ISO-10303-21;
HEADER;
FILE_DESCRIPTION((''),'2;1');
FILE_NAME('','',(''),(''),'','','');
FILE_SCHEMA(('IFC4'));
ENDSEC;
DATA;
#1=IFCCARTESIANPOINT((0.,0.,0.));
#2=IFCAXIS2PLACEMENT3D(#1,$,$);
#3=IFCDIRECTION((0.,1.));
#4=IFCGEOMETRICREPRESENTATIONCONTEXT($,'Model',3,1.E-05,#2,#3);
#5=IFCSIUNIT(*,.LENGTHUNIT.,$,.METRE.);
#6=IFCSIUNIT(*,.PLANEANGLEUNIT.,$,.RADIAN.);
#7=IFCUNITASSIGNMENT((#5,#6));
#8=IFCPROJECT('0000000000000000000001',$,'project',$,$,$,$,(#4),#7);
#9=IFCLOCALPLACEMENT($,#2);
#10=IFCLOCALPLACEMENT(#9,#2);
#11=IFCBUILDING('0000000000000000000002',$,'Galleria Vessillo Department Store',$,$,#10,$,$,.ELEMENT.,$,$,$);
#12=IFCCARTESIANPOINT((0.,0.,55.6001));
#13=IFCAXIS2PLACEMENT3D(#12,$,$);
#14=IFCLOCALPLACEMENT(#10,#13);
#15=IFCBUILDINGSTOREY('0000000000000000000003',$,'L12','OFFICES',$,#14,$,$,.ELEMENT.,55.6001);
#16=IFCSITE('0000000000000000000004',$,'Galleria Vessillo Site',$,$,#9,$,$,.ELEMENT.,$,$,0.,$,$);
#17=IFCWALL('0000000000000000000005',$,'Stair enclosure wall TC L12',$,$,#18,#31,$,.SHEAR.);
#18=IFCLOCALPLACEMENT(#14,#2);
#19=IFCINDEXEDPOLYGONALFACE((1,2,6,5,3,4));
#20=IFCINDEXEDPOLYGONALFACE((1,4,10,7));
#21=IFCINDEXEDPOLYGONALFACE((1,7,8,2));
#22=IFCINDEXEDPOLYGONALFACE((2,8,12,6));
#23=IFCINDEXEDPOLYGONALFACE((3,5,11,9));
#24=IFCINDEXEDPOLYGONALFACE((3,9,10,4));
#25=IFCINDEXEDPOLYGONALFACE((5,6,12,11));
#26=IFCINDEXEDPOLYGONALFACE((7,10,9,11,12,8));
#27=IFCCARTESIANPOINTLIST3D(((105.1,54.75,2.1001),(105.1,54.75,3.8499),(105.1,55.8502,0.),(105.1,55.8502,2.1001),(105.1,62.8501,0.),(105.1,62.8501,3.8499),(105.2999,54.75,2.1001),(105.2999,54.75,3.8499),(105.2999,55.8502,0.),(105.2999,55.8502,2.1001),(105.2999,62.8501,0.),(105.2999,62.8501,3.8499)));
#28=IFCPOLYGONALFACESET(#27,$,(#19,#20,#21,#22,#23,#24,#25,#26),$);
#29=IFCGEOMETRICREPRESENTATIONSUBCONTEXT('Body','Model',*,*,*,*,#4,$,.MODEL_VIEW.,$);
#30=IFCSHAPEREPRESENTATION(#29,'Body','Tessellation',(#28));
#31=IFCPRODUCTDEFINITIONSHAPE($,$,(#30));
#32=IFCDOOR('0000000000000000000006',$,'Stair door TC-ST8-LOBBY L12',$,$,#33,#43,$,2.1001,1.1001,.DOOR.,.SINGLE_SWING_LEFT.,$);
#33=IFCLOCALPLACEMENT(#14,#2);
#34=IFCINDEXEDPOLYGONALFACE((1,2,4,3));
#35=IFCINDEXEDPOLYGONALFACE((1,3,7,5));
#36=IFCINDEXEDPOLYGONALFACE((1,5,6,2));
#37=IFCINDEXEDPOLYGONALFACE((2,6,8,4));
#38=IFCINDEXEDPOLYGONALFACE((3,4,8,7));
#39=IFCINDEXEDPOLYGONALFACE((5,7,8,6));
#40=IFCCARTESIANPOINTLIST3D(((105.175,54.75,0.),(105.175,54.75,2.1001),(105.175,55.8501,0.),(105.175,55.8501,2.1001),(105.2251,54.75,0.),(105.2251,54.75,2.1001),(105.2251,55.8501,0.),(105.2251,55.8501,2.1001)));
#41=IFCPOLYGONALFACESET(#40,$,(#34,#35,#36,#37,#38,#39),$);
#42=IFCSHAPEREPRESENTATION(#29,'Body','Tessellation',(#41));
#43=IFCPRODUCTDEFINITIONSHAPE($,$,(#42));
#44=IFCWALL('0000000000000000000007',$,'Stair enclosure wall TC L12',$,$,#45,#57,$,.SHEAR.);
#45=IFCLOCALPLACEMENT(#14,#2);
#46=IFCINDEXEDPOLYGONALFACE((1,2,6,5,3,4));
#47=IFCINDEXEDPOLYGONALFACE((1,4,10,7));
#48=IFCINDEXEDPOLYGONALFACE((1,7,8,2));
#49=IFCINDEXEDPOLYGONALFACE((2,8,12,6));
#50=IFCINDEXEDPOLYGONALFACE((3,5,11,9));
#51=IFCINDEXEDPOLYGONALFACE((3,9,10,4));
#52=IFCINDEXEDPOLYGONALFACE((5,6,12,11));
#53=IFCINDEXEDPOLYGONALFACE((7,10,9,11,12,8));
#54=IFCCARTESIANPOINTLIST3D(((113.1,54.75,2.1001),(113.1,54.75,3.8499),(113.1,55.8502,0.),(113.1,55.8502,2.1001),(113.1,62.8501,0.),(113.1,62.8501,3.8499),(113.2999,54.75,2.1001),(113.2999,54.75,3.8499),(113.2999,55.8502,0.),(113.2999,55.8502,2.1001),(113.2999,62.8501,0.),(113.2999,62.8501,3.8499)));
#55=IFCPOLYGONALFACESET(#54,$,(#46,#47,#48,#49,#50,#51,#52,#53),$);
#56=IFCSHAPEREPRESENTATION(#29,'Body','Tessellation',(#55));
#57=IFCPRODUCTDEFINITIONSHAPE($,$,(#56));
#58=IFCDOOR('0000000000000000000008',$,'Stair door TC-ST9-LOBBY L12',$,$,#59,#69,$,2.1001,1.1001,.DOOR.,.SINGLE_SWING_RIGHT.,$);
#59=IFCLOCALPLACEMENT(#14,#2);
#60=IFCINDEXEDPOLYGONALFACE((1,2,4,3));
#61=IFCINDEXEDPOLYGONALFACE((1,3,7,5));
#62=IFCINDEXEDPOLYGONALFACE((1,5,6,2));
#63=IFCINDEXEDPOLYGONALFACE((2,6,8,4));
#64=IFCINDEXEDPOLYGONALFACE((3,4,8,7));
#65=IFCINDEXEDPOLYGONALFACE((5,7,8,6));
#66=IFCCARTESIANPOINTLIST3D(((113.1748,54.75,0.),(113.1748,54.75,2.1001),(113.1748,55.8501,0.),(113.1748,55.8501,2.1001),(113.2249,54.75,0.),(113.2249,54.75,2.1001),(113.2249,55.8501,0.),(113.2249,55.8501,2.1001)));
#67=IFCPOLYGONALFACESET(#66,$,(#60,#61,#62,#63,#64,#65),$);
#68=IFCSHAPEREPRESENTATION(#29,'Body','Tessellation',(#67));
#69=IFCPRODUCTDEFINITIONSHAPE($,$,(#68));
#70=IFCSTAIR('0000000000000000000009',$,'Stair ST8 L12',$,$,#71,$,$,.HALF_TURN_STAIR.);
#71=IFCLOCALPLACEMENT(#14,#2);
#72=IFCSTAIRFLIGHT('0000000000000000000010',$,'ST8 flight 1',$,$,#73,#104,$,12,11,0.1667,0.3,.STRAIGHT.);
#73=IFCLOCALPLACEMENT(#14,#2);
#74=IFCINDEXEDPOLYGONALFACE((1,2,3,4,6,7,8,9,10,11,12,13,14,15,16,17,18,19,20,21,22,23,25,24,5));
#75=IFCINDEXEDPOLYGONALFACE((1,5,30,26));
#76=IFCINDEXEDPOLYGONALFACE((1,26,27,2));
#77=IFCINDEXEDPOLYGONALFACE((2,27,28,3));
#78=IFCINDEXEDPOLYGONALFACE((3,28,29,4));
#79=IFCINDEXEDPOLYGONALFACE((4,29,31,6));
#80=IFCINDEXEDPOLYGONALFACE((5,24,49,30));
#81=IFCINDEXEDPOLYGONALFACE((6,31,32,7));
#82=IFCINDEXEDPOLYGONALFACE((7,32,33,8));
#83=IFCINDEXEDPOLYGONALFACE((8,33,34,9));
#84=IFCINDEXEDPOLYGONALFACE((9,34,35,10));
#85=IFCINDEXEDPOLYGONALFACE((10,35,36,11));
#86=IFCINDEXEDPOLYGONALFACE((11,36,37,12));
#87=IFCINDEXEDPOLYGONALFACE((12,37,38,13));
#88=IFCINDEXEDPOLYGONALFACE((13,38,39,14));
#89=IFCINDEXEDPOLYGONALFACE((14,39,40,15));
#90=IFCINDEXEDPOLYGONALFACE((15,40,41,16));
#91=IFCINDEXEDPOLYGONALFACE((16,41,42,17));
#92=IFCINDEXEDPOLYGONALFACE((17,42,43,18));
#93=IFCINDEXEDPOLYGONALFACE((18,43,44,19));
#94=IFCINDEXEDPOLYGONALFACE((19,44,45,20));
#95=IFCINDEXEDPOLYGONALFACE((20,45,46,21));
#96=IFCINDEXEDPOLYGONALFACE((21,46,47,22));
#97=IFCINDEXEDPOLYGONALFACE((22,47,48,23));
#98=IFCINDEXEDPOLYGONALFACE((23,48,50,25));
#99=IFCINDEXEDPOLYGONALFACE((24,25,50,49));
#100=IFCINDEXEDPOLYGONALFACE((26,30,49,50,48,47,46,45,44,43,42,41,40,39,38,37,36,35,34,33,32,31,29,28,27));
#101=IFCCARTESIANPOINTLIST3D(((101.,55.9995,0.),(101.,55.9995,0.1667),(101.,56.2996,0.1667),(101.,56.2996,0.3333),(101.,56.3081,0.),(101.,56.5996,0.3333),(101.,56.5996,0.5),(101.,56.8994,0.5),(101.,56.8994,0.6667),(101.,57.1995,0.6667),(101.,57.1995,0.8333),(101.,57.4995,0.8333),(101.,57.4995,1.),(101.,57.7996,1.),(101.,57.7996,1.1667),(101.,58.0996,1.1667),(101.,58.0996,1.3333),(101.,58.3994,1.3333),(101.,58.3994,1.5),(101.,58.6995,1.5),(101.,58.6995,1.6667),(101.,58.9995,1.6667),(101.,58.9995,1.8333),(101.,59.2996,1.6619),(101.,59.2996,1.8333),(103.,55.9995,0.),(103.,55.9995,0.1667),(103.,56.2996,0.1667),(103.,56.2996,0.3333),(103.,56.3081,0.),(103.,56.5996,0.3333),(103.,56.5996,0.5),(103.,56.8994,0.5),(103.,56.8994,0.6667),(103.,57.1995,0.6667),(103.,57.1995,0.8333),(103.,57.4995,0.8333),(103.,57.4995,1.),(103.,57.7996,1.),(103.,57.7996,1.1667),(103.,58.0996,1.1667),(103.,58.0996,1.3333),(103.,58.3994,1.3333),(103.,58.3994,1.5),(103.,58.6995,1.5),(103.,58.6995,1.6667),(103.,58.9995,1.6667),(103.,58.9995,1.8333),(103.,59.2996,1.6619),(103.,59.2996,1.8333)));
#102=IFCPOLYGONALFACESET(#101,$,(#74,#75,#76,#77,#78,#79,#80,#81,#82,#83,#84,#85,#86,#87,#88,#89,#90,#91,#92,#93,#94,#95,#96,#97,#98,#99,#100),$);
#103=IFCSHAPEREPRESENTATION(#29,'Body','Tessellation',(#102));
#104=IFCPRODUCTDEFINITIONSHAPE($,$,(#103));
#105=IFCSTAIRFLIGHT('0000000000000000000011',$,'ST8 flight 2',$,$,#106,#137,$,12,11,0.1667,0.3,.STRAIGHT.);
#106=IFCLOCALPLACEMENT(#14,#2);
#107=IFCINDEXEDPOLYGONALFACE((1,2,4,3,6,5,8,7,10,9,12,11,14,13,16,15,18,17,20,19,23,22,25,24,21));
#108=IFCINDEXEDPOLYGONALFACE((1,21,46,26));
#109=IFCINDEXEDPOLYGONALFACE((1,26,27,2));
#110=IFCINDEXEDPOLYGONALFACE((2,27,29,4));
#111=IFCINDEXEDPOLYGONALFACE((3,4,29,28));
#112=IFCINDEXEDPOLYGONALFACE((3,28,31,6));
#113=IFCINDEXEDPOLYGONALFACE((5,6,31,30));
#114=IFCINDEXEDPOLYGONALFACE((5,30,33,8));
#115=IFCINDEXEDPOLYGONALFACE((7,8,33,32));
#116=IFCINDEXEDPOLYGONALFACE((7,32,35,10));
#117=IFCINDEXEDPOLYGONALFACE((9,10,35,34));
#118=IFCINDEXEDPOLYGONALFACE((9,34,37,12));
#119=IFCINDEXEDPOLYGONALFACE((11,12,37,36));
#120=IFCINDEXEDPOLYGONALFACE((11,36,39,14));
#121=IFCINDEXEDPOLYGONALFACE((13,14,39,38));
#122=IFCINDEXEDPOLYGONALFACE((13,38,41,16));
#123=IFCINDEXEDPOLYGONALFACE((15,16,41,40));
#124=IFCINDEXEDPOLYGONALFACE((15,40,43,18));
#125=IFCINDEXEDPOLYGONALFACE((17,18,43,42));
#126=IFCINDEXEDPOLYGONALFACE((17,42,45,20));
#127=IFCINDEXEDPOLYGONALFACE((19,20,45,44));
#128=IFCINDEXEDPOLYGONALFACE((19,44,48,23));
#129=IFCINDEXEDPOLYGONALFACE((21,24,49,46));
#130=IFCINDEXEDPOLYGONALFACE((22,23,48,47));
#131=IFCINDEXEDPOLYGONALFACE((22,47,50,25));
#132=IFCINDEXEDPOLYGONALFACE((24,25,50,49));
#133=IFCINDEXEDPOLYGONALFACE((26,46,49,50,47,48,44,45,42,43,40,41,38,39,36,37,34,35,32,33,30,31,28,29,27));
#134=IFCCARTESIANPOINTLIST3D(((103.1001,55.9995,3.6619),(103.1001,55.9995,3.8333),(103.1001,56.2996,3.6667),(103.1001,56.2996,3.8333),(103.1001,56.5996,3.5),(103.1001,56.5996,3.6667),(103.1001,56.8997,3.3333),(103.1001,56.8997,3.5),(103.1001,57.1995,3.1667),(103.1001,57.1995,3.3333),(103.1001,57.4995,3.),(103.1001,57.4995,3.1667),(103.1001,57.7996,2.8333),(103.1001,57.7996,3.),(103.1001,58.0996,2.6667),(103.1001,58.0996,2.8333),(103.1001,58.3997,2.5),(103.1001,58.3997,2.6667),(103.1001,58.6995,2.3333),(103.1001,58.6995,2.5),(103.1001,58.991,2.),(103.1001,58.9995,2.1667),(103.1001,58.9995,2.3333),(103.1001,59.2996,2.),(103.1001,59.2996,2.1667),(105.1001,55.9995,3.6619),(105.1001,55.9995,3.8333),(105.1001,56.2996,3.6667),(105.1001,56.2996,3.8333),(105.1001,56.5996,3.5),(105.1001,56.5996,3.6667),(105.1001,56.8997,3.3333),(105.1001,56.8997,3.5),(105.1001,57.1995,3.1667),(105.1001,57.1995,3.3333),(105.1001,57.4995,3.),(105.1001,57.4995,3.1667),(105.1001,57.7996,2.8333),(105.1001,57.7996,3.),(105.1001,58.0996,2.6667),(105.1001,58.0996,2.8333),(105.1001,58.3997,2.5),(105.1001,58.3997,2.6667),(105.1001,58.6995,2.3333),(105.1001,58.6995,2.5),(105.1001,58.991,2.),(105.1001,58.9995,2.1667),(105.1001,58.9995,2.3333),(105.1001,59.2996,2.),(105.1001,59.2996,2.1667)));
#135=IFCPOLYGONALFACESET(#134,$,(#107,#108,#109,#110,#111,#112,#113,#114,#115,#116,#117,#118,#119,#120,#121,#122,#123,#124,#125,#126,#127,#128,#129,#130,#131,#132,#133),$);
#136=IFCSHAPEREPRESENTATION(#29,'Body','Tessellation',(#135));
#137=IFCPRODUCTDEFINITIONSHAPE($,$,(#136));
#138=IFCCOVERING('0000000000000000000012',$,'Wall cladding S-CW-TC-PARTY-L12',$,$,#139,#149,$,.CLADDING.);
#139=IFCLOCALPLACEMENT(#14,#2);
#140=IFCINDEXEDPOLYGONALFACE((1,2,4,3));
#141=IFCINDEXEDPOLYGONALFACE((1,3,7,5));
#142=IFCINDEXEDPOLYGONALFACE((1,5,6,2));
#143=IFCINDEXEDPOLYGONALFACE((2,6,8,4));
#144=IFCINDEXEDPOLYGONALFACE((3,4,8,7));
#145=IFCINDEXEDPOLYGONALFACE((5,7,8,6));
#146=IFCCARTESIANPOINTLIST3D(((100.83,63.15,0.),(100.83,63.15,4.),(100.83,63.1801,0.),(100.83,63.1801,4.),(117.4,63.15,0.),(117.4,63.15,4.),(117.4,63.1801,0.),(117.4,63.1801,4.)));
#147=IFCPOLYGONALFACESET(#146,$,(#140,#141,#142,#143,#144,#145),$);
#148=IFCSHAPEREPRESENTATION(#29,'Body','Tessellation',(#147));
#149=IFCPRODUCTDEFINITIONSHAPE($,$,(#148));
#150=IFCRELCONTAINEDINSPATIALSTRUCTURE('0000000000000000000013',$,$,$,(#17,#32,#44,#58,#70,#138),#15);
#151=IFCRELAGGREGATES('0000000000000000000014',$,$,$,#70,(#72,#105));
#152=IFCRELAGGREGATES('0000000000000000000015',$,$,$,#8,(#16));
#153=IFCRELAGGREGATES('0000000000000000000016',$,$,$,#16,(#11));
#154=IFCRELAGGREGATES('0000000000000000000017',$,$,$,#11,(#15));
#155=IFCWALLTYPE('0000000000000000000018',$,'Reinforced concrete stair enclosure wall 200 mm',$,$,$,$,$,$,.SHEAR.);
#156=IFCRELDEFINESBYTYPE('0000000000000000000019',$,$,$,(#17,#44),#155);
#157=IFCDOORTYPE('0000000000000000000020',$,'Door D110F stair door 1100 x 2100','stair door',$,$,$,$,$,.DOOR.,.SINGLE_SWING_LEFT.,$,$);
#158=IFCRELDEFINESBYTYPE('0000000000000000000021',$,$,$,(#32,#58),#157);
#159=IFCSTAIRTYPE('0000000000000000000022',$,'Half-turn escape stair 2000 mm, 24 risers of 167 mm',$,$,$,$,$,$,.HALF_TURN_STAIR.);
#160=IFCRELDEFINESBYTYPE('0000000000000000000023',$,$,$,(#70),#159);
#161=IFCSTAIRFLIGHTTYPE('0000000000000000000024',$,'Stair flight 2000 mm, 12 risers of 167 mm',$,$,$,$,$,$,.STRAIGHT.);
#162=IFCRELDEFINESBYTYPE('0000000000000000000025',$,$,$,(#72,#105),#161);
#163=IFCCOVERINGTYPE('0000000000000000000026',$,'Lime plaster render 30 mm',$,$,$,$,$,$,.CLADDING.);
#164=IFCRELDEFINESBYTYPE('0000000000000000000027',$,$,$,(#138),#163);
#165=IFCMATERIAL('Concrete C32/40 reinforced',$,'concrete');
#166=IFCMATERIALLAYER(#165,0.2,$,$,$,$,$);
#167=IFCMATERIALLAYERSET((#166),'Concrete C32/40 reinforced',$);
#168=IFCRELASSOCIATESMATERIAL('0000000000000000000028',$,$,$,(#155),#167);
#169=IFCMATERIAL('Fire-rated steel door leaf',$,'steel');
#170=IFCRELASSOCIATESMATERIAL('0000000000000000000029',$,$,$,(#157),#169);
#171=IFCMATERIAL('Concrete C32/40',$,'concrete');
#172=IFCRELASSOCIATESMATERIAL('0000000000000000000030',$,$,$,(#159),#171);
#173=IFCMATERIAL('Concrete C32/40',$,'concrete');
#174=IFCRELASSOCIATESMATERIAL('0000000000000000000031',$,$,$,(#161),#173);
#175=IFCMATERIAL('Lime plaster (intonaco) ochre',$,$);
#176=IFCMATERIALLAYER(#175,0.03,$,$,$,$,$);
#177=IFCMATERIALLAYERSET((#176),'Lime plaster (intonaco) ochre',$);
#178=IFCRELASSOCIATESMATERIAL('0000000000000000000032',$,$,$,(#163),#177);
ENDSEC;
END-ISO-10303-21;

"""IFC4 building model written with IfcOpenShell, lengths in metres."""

from ifc_helpers import new_model, si_unit, direction, frame, frame_2d, origin, origin_2d, place, context, subcontext, project, spatial, polyline, rectangle, outline, extrude, material, layer, layer_set, type_object, element, fill, aggregate, save


model = new_model("IFC4")

# Units and contexts
model_context = context("Model", 3, precision=1e-05, world=origin(), true_north=direction((0.0, 1.0)))
body_context = subcontext(model_context, "Body", "Model", "MODEL_VIEW")
ifc_project = project(units=[si_unit("LENGTHUNIT", "METRE"), si_unit("PLANEANGLEUNIT", "RADIAN")], contexts=[model_context])

# Site, building, storey
site_placement = place(None, origin())
site = spatial("IfcSite", under=ifc_project, at=site_placement, Name="Galleria Vessillo Site", CompositionType="ELEMENT", RefElevation=0.0)
building_placement = place(site_placement, origin())
building = spatial("IfcBuilding", under=site, at=building_placement, Name="Galleria Vessillo Department Store", CompositionType="ELEMENT")
storey_placement = place(building_placement, frame((0.0, 0.0, 55.6001)))
storey = spatial("IfcBuildingStorey", under=building, at=storey_placement, Name="L12", Description="OFFICES", CompositionType="ELEMENT", Elevation=55.6001)

# Walls, openings, doors
ifc_material_1 = material(Name="Concrete C32/40 reinforced", Category="concrete")
ifc_layer_1 = layer(ifc_material_1, 0.2)
ifc_layer_set_1 = layer_set([ifc_layer_1], Name="Concrete C32/40 reinforced")
wall_type_1 = type_object("IfcWallType", Name="Reinforced concrete stair enclosure wall 200 mm", PredefinedType="SHEAR", material=ifc_layer_set_1)
wall_1_placement = place(storey_placement, frame((105.2, 62.8501, 0.0), z_axis=(0.0, 0.0, 1.0), x_axis=(0.0, -1.0, 0.0)))
wall_1 = element("IfcWall", 1, at=wall_1_placement, inside=storey, type_object=wall_type_1, Name="Stair enclosure wall TC L12", PredefinedType="SHEAR", context=body_context, shape_type="SweptSolid", body=[
    extrude(rectangle(XDim=8.1001, YDim=0.2, at=frame_2d((4.05, 0.0))), origin(), (0.0, 0.0, 1.0), 3.8499),
])
opening_1_placement = place(wall_1_placement, frame((7.0, 0.0, 0.0)))
opening_1 = element("IfcOpeningElement", 2, at=opening_1_placement, cuts=wall_1, PredefinedType="OPENING", context=body_context, shape_type="SweptSolid", body=[
    extrude(rectangle(XDim=1.1101, YDim=2.1001, at=frame_2d((0.5549, 1.05))), frame((0.0, 0.1099, 0.0), z_axis=(0.0, -1.0, 0.0), x_axis=(1.0, 0.0, 0.0)), (0.0, 0.0, 1.0), 0.22),
])
ifc_material_2 = material(Name="Fire-rated steel door leaf", Category="steel")
door_type_1 = type_object("IfcDoorType", Name="Door D110F stair door 1100 x 2100", Description="stair door", OperationType="SINGLE_SWING_LEFT", PredefinedType="DOOR", material=ifc_material_2)
door_1_placement = place(opening_1_placement, frame((1.1001, 0.0, 0.0), z_axis=(0.0, 0.0, 1.0), x_axis=(-1.0, 0.0, 0.0)))
door_1 = element("IfcDoor", 3, at=door_1_placement, inside=storey, type_object=door_type_1, Name="Stair door TC-ST8-LOBBY L12", OperationType="SINGLE_SWING_LEFT", OverallHeight=2.1001, OverallWidth=1.1001, PredefinedType="DOOR", context=body_context, shape_type="SweptSolid", body=[
    extrude(rectangle(XDim=1.1001, YDim=2.1001, at=frame_2d((0.55, 1.05))), frame((0.0, 0.0249, 0.0), z_axis=(0.0, -1.0, 0.0), x_axis=(1.0, 0.0, 0.0)), (0.0, 0.0, 1.0), 0.05),
])
fill(opening_1, door_1)
wall_2_placement = place(storey_placement, frame((113.2, 62.8501, 0.0), z_axis=(0.0, 0.0, 1.0), x_axis=(0.0, -1.0, 0.0)))
wall_2 = element("IfcWall", 4, at=wall_2_placement, inside=storey, type_object=wall_type_1, Name="Stair enclosure wall TC L12", PredefinedType="SHEAR", context=body_context, shape_type="SweptSolid", body=[
    extrude(rectangle(XDim=8.1001, YDim=0.2, at=frame_2d((4.05, 0.0))), origin(), (0.0, 0.0, 1.0), 3.8499),
])
opening_2_placement = place(wall_2_placement, frame((7.0, 0.0, 0.0)))
opening_2 = element("IfcOpeningElement", 5, at=opening_2_placement, cuts=wall_2, PredefinedType="OPENING", context=body_context, shape_type="SweptSolid", body=[
    extrude(rectangle(XDim=1.1101, YDim=2.1001, at=frame_2d((0.5549, 1.05))), frame((0.0, 0.1099, 0.0), z_axis=(0.0, -1.0, 0.0), x_axis=(1.0, 0.0, 0.0)), (0.0, 0.0, 1.0), 0.22),
])
door_2_placement = place(opening_2_placement, origin())
door_2 = element("IfcDoor", 6, at=door_2_placement, inside=storey, type_object=door_type_1, Name="Stair door TC-ST9-LOBBY L12", OperationType="SINGLE_SWING_RIGHT", OverallHeight=2.1001, OverallWidth=1.1001, PredefinedType="DOOR", context=body_context, shape_type="SweptSolid", body=[
    extrude(rectangle(XDim=1.1001, YDim=2.1001, at=frame_2d((0.55, 1.05))), frame((0.0, 0.0249, 0.0), z_axis=(0.0, -1.0, 0.0), x_axis=(1.0, 0.0, 0.0)), (0.0, 0.0, 1.0), 0.05),
])
fill(opening_2, door_2)

# Stair, stair flights
ifc_material_3 = material(Name="Concrete C32/40", Category="concrete")
stair_type = type_object("IfcStairType", Name="Half-turn escape stair 2000 mm, 24 risers of 167 mm", PredefinedType="HALF_TURN_STAIR", material=ifc_material_3)
stair_placement = place(storey_placement, origin())
stair = element("IfcStair", 7, at=stair_placement, inside=storey, type_object=stair_type, Name="Stair ST8 L12", PredefinedType="HALF_TURN_STAIR")
ifc_material_4 = material(Name="Concrete C32/40", Category="concrete")
stair_flight_type = type_object("IfcStairFlightType", Name="Stair flight 2000 mm, 12 risers of 167 mm", PredefinedType="STRAIGHT", material=ifc_material_4)
stair_flight_1_placement = place(storey_placement, frame((102.0, 55.9995, 0.0), z_axis=(0.0, 0.0, 1.0), x_axis=(0.0, 1.0, 0.0)))
stair_flight_1 = element("IfcStairFlight", 8, at=stair_flight_1_placement, type_object=stair_flight_type, Name="ST8 flight 1", NumberOfRisers=12, NumberOfTreads=11, PredefinedType="STRAIGHT", RiserHeight=0.1667, TreadLength=0.3, context=body_context, shape_type="SweptSolid", body=[
    extrude(outline(polyline([(0.0, 0.0), (0.0, 0.1667), (0.3, 0.1667), (0.3, 0.3333), (0.6001, 0.3333), (0.6001, 0.5), (0.8999, 0.5), (0.8999, 0.6667), (1.2, 0.6667), (1.2, 0.8333), (1.5, 0.8333), (1.5, 1.0), (1.8, 1.0), (1.8, 1.1667), (2.1001, 1.1667), (2.1001, 1.3333), (2.3999, 1.3333), (2.3999, 1.5), (2.7, 1.5), (2.7, 1.6667), (3.0, 1.6667), (3.0, 1.8333), (3.3, 1.8333), (3.3, 2.0), (3.3, 1.6619), (0.3086, 0.0), (0.0, 0.0)])), frame((0.0, 1.0, 0.0), z_axis=(0.0, -1.0, 0.0), x_axis=(1.0, 0.0, 0.0)), (0.0, 0.0, 1.0), 2.0),
])
stair_flight_2_placement = place(storey_placement, frame((104.1001, 59.2996, 2.0), z_axis=(0.0, 0.0, 1.0), x_axis=(0.0, -1.0, 0.0)))
stair_flight_2 = element("IfcStairFlight", 9, at=stair_flight_2_placement, type_object=stair_flight_type, Name="ST8 flight 2", NumberOfRisers=12, NumberOfTreads=11, PredefinedType="STRAIGHT", RiserHeight=0.1667, TreadLength=0.3, context=body_context, shape_type="SweptSolid", body=[
    extrude(outline(polyline([(0.0, 0.0), (0.0, 0.1667), (0.3, 0.1667), (0.3, 0.3333), (0.6001, 0.3333), (0.6001, 0.5), (0.8999, 0.5), (0.8999, 0.6667), (1.2, 0.6667), (1.2, 0.8333), (1.5, 0.8333), (1.5, 1.0), (1.8, 1.0), (1.8, 1.1667), (2.1001, 1.1667), (2.1001, 1.3333), (2.3999, 1.3333), (2.3999, 1.5), (2.7, 1.5), (2.7, 1.6667), (3.0, 1.6667), (3.0, 1.8333), (3.3, 1.8333), (3.3, 2.0), (3.3, 1.6619), (0.3086, 0.0), (0.0, 0.0)])), frame((0.0, 1.0, 0.0), z_axis=(0.0, -1.0, 0.0), x_axis=(1.0, 0.0, 0.0)), (0.0, 0.0, 1.0), 2.0),
])
aggregate(stair, [stair_flight_1, stair_flight_2])

# Covering
ifc_material_5 = material(Name="Lime plaster (intonaco) ochre")
ifc_layer_2 = layer(ifc_material_5, 0.03)
ifc_layer_set_2 = layer_set([ifc_layer_2], Name="Lime plaster (intonaco) ochre")
covering_type = type_object("IfcCoveringType", Name="Lime plaster render 30 mm", PredefinedType="CLADDING", material=ifc_layer_set_2)
covering_placement = place(storey_placement, frame((109.115, 63.165, 0.0), z_axis=(0.0, 0.0, 1.0), x_axis=(1.0, 0.0, 0.0)))
element("IfcCovering", 10, at=covering_placement, inside=storey, type_object=covering_type, Name="Wall cladding S-CW-TC-PARTY-L12", PredefinedType="CLADDING", context=body_context, shape_type="SweptSolid", body=[
    extrude(rectangle(XDim=16.5701, YDim=0.03, at=origin_2d()), origin(), (0.0, 0.0, 1.0), 4.0),
])

save(model, "model.ifc")
